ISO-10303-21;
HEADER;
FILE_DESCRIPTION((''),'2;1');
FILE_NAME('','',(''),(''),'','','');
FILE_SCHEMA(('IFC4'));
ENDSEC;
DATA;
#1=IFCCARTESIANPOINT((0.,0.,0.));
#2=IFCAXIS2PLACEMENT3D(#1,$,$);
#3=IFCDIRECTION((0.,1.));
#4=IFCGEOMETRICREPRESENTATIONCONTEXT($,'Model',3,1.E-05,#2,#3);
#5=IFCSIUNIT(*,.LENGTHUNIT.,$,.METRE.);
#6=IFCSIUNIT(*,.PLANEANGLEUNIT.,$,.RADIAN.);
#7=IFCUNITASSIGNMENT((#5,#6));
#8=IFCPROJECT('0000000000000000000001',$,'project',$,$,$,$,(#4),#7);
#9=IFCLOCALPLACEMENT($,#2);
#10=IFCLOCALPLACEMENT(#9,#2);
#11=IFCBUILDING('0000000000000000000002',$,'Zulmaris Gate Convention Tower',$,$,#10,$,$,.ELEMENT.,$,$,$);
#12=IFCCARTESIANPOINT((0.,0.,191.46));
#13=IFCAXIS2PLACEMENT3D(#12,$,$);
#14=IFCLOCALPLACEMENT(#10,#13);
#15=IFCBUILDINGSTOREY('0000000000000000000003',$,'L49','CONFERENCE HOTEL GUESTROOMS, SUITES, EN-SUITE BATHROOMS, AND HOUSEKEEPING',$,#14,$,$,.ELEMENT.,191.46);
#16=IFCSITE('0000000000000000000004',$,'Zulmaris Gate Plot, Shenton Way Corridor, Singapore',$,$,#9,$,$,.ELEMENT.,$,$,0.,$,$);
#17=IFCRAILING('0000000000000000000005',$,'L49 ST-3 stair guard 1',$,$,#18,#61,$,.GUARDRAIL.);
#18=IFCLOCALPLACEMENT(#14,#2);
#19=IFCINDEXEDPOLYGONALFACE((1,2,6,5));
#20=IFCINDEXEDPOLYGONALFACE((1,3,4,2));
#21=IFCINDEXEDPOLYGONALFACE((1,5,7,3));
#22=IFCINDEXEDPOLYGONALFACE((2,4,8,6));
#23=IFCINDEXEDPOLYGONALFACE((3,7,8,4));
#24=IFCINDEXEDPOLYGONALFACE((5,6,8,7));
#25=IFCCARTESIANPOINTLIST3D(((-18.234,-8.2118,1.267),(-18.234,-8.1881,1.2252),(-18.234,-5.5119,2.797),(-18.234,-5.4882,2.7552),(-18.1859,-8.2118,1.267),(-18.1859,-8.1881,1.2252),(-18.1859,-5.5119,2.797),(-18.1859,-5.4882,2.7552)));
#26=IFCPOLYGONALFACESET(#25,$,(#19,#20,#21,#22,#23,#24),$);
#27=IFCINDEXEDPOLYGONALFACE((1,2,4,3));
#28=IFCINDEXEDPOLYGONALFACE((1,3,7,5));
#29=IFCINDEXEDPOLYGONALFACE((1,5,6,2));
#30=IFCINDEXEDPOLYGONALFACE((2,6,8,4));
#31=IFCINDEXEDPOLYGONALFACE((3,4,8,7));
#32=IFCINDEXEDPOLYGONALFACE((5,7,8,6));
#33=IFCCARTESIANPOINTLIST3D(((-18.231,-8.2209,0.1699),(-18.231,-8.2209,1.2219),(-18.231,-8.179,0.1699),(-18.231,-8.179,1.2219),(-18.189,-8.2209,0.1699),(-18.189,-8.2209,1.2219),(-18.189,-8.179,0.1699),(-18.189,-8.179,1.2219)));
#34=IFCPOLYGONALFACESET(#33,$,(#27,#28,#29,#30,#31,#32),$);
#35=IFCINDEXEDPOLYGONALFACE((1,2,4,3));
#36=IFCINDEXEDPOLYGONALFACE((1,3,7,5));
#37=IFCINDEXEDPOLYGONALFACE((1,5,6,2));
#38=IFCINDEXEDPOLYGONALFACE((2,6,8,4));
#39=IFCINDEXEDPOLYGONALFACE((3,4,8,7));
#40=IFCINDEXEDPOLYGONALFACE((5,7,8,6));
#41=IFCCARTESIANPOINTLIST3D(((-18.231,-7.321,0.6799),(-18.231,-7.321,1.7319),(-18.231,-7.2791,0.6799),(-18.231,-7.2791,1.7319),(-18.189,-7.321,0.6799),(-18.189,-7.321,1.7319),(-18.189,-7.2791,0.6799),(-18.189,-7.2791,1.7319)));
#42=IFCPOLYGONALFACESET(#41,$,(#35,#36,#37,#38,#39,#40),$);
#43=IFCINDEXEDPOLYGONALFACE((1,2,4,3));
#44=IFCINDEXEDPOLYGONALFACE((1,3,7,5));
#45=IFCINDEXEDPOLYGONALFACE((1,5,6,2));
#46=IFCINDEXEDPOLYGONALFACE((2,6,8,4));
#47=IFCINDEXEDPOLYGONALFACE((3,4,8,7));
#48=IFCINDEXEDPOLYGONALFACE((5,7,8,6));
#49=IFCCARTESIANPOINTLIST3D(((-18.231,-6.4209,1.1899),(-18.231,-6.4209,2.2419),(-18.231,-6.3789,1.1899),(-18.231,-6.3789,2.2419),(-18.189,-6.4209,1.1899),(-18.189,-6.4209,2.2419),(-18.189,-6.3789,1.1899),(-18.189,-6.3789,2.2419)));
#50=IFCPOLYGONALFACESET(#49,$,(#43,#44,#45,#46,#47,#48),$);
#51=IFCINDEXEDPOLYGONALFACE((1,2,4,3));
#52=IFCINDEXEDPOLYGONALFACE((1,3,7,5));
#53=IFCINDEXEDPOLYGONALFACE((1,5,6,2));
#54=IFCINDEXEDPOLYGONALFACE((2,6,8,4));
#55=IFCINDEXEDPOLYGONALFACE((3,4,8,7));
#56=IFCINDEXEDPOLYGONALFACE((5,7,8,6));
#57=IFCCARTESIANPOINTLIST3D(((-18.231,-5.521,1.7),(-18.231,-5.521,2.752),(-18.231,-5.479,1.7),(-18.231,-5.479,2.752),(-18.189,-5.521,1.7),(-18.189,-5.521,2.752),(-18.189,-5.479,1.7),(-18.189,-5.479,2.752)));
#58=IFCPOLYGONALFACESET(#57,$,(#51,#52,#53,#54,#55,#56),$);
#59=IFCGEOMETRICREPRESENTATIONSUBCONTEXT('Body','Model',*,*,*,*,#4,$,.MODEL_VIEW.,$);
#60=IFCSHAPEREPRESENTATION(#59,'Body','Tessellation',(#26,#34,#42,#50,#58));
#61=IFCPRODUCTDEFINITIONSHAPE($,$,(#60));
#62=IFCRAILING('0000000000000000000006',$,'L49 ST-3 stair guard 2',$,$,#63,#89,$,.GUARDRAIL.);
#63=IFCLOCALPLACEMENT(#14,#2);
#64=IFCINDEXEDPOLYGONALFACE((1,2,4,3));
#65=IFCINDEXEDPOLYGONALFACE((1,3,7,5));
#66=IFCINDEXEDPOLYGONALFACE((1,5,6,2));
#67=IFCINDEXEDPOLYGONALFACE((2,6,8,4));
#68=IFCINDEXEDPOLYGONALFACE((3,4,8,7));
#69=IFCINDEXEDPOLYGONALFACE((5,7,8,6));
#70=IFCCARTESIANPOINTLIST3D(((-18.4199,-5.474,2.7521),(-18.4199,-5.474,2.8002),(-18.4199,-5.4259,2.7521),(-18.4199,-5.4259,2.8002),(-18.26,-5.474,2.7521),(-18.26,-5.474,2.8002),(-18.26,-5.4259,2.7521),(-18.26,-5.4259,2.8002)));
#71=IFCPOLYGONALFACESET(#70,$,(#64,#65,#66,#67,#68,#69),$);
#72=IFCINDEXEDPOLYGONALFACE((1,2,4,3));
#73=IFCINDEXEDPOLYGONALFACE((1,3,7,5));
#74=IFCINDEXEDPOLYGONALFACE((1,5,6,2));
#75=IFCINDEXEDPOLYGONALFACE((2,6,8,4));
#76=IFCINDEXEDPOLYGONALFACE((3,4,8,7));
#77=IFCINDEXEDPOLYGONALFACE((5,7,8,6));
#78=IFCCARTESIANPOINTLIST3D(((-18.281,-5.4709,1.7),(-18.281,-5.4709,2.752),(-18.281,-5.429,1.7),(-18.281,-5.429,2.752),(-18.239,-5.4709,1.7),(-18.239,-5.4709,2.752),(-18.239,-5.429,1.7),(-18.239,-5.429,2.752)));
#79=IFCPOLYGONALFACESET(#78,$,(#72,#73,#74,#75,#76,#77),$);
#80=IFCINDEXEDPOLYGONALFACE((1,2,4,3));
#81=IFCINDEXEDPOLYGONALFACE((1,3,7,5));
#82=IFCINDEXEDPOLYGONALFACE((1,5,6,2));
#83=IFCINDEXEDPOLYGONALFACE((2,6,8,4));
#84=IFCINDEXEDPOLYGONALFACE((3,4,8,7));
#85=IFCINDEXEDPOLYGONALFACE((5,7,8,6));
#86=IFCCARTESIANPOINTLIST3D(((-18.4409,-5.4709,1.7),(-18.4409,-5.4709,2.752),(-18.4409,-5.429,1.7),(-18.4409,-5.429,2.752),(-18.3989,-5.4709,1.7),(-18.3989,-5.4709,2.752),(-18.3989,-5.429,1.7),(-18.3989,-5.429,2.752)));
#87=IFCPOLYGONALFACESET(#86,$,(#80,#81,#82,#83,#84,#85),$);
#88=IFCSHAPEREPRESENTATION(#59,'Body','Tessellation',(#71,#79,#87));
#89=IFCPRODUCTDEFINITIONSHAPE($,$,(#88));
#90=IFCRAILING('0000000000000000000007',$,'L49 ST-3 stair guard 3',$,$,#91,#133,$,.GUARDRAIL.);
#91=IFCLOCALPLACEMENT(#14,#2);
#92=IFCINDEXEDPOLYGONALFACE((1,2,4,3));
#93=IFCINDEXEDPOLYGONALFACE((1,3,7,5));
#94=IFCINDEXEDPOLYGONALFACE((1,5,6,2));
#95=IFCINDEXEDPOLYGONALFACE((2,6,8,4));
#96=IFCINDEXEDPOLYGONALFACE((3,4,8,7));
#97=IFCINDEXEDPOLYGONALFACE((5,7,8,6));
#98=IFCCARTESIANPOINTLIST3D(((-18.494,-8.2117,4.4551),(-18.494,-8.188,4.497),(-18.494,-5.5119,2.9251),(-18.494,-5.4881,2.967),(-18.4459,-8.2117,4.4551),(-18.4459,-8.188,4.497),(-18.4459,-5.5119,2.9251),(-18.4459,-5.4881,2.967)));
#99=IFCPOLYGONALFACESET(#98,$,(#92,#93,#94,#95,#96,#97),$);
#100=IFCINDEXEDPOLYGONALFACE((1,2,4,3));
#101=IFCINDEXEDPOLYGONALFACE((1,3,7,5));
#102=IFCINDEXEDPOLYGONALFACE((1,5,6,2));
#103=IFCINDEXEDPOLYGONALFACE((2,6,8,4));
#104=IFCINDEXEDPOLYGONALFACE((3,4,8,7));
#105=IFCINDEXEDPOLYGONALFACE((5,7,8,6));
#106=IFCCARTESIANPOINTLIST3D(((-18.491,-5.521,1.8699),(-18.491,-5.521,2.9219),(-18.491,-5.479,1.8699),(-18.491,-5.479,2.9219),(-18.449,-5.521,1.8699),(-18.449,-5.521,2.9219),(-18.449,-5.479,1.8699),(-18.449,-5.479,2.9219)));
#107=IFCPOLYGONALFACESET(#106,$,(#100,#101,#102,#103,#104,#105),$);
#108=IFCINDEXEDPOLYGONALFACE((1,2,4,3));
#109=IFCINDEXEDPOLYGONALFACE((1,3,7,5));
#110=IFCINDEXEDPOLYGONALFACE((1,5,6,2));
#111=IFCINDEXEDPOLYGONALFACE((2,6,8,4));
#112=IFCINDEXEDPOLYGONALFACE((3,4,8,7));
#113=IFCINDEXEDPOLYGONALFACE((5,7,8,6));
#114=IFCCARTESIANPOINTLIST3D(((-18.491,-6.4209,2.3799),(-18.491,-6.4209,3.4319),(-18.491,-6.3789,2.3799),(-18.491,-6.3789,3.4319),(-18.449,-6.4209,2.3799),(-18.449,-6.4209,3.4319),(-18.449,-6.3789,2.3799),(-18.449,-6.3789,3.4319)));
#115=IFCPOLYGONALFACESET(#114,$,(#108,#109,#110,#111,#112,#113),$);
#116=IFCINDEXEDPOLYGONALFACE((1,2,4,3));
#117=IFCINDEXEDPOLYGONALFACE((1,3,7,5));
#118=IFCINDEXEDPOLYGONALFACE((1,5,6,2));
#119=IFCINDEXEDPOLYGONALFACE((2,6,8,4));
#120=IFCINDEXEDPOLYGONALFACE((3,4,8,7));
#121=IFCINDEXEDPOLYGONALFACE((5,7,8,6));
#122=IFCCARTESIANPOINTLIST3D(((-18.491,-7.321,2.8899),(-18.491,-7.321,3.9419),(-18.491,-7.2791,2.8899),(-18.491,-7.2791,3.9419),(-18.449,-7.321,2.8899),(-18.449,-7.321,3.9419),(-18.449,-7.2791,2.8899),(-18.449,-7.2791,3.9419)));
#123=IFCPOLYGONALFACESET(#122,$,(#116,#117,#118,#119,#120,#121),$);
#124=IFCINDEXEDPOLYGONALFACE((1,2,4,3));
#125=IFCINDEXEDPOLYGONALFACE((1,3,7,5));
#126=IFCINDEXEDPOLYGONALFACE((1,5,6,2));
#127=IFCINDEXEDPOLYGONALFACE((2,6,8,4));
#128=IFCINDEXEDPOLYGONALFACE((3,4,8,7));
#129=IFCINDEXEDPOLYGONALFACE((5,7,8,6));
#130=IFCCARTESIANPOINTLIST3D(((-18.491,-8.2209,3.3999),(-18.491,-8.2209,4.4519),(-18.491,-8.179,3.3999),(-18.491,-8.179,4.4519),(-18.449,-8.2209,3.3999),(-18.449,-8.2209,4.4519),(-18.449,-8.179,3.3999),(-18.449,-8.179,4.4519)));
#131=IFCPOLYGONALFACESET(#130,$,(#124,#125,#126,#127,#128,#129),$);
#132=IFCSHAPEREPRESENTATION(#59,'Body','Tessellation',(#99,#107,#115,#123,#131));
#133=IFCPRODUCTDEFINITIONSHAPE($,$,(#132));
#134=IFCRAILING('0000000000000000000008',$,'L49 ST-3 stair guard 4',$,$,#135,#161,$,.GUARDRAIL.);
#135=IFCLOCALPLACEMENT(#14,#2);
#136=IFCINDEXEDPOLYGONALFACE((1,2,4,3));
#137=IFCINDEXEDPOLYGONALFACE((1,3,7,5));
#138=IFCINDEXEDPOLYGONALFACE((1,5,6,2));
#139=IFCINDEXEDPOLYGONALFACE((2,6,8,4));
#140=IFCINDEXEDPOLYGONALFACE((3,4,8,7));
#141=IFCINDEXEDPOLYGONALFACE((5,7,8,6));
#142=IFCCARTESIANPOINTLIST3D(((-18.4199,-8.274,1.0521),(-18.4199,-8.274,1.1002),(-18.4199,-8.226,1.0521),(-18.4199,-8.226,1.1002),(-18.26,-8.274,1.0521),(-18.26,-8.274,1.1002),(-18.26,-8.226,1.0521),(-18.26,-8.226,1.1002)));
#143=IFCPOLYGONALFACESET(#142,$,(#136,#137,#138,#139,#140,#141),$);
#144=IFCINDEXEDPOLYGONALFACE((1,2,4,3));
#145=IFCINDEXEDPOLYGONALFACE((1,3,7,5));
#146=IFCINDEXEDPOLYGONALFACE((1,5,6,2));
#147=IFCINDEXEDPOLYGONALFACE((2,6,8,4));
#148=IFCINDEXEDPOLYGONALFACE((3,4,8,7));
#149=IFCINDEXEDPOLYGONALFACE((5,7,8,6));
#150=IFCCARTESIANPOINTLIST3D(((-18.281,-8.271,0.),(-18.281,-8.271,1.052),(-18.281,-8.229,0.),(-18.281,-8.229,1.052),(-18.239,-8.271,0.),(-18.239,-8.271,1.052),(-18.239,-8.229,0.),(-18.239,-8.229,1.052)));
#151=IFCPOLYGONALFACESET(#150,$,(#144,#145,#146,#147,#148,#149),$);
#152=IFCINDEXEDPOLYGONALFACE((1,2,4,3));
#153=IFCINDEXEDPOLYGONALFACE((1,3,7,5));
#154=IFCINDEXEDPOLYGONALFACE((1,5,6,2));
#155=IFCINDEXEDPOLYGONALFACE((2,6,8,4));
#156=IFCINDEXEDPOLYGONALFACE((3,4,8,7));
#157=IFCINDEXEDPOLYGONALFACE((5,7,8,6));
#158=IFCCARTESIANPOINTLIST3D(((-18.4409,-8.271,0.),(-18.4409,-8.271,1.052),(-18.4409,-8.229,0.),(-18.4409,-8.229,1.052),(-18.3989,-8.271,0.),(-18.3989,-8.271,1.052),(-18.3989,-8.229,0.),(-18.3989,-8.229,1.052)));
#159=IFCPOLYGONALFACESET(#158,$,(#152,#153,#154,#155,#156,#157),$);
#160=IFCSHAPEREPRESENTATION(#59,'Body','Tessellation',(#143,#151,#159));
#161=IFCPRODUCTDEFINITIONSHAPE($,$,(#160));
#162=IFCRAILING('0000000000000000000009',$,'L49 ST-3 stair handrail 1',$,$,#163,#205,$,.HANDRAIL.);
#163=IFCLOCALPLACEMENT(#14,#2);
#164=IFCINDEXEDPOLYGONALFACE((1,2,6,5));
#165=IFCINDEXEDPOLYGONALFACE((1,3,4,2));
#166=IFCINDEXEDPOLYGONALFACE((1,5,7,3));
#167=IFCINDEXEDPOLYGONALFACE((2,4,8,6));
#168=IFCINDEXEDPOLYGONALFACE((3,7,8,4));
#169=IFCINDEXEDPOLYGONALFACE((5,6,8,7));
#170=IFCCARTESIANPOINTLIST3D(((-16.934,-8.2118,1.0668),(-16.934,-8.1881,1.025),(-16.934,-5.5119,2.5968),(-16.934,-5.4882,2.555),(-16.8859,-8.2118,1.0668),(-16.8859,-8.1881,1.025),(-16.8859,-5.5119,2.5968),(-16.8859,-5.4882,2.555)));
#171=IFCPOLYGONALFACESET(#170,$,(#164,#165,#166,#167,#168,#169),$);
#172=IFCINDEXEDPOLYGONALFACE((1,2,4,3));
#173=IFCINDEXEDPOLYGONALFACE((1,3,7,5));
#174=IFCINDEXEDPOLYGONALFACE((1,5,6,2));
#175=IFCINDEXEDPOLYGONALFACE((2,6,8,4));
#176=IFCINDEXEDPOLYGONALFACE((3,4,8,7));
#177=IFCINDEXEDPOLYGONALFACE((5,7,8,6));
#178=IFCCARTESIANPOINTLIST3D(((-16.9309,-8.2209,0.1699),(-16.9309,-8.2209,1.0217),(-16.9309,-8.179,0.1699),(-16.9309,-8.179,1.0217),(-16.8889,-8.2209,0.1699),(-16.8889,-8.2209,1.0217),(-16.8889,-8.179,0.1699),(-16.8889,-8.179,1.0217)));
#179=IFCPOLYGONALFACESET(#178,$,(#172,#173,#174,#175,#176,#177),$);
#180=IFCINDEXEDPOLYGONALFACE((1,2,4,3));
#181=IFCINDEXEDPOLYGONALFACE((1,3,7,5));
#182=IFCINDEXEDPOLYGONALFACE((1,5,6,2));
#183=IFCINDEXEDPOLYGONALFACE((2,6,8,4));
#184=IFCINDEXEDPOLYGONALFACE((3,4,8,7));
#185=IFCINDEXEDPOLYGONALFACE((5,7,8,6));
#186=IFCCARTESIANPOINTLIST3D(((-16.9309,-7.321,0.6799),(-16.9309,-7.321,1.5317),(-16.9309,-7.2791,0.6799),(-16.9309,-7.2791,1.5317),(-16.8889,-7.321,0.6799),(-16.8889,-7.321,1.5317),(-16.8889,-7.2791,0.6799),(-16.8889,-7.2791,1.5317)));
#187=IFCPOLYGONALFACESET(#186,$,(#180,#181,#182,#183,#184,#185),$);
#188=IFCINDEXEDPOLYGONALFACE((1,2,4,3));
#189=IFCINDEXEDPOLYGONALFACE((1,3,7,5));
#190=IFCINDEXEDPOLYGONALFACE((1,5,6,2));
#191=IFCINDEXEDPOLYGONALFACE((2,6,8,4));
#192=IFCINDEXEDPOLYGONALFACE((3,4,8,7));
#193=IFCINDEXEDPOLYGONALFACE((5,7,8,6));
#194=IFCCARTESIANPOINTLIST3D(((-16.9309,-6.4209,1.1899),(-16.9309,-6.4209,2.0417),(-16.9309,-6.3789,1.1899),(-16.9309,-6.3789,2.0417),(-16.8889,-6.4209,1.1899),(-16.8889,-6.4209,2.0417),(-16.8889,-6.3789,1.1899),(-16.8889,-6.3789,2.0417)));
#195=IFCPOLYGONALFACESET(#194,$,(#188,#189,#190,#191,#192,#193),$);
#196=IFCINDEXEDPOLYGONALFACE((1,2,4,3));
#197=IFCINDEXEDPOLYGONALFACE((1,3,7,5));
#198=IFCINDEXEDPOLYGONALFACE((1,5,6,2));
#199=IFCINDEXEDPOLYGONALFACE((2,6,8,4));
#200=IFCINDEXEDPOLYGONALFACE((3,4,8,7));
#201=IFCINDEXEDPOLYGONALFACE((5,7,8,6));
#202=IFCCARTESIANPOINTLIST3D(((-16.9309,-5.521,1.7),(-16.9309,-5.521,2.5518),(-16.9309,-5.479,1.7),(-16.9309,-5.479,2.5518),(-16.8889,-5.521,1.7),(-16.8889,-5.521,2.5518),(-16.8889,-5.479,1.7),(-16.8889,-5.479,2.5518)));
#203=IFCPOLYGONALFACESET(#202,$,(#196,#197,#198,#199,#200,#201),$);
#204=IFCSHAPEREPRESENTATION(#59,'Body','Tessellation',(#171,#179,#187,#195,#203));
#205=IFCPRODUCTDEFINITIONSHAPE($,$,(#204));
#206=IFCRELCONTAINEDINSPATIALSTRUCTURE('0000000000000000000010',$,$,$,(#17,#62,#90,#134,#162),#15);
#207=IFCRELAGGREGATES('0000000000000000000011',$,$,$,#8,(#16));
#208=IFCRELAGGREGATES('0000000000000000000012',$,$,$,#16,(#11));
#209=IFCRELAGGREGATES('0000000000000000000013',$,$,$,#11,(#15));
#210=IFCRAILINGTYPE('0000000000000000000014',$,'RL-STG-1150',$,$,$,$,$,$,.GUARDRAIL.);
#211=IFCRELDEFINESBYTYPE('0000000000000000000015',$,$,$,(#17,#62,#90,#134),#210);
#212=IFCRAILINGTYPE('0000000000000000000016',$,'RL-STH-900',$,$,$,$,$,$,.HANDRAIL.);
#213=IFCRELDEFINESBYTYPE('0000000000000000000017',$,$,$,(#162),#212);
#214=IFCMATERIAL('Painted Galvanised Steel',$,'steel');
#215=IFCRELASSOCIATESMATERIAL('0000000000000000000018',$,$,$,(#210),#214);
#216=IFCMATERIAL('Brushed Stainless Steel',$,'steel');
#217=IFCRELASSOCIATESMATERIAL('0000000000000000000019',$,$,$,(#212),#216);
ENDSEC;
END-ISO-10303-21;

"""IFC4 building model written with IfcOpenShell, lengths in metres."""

from ifc_helpers import new_model, si_unit, direction, frame, origin, origin_2d, place, context, subcontext, project, spatial, rectangle, extrude, material, type_object, element, save


model = new_model("IFC4")

# Units and contexts
model_context = context("Model", 3, precision=1e-05, world=origin(), true_north=direction((0.0, 1.0)))
body_context = subcontext(model_context, "Body", "Model", "MODEL_VIEW")
ifc_project = project(units=[si_unit("LENGTHUNIT", "METRE"), si_unit("PLANEANGLEUNIT", "RADIAN")], contexts=[model_context])

# Site, building, storey
site_placement = place(None, origin())
site = spatial("IfcSite", under=ifc_project, at=site_placement, Name="Zulmaris Gate Plot, Shenton Way Corridor, Singapore", CompositionType="ELEMENT", RefElevation=0.0)
building_placement = place(site_placement, origin())
building = spatial("IfcBuilding", under=site, at=building_placement, Name="Zulmaris Gate Convention Tower", CompositionType="ELEMENT")
storey_placement = place(building_placement, frame((0.0, 0.0, 191.46)))
storey = spatial("IfcBuildingStorey", under=building, at=storey_placement, Name="L49", Description="CONFERENCE HOTEL GUESTROOMS, SUITES, EN-SUITE BATHROOMS, AND HOUSEKEEPING", CompositionType="ELEMENT", Elevation=191.46)

# Shared definitions
ifc_material_1 = material(Name="Brushed Stainless Steel", Category="steel")

# Railings
ifc_material_2 = material(Name="Painted Galvanised Steel", Category="steel")
railing_type_1 = type_object("IfcRailingType", Name="RL-STG-1150", PredefinedType="GUARDRAIL", material=ifc_material_2)
railing_1_placement = place(storey_placement, frame((-18.21, -8.2, 0.1699)))
element("IfcRailing", 1, at=railing_1_placement, inside=storey, type_object=railing_type_1, Name="L49 ST-3 stair guard 1", PredefinedType="GUARDRAIL", context=body_context, shape_type="SweptSolid", body=[
    extrude(rectangle(XDim=0.0481, YDim=0.0481, at=origin_2d()), frame((0.0, 0.0, 1.0762), z_axis=(0.0, 0.870014, 0.493026), x_axis=(-1.0, 0.0, 0.0)), (0.0, 0.0, 1.0), 3.1033),
    extrude(rectangle(XDim=0.042, YDim=0.042, at=origin_2d()), origin(), (0.0, 0.0, 1.0), 1.052),
    extrude(rectangle(XDim=0.042, YDim=0.042, at=origin_2d()), frame((0.0, 0.8999, 0.51)), (0.0, 0.0, 1.0), 1.052),
    extrude(rectangle(XDim=0.042, YDim=0.042, at=origin_2d()), frame((0.0, 1.8, 1.02)), (0.0, 0.0, 1.0), 1.052),
    extrude(rectangle(XDim=0.042, YDim=0.042, at=origin_2d()), frame((0.0, 2.7, 1.53)), (0.0, 0.0, 1.0), 1.052),
])
railing_2_placement = place(storey_placement, frame((-18.26, -5.45, 1.7)))
element("IfcRailing", 2, at=railing_2_placement, inside=storey, type_object=railing_type_1, Name="L49 ST-3 stair guard 2", PredefinedType="GUARDRAIL", context=body_context, shape_type="SweptSolid", body=[
    extrude(rectangle(XDim=0.0481, YDim=0.0481, at=origin_2d()), frame((0.0, 0.0, 1.0762), z_axis=(-1.0, 0.0, 0.0), x_axis=(0.0, -1.0, 0.0)), (0.0, 0.0, 1.0), 0.1599),
    extrude(rectangle(XDim=0.042, YDim=0.042, at=origin_2d()), origin(), (0.0, 0.0, 1.0), 1.052),
    extrude(rectangle(XDim=0.042, YDim=0.042, at=origin_2d()), frame((-0.1599, 0.0, 0.0)), (0.0, 0.0, 1.0), 1.052),
])
railing_3_placement = place(storey_placement, frame((-18.47, -5.5, 1.8699)))
element("IfcRailing", 3, at=railing_3_placement, inside=storey, type_object=railing_type_1, Name="L49 ST-3 stair guard 3", PredefinedType="GUARDRAIL", context=body_context, shape_type="SweptSolid", body=[
    extrude(rectangle(XDim=0.0481, YDim=0.0481, at=origin_2d()), frame((0.0, 0.0, 1.0762), z_axis=(0.0, -0.870014, 0.493026), x_axis=(1.0, 0.0, 0.0)), (0.0, 0.0, 1.0), 3.1033),
    extrude(rectangle(XDim=0.042, YDim=0.042, at=origin_2d()), origin(), (0.0, 0.0, 1.0), 1.052),
    extrude(rectangle(XDim=0.042, YDim=0.042, at=origin_2d()), frame((0.0, -0.8999, 0.51)), (0.0, 0.0, 1.0), 1.052),
    extrude(rectangle(XDim=0.042, YDim=0.042, at=origin_2d()), frame((0.0, -1.8, 1.02)), (0.0, 0.0, 1.0), 1.052),
    extrude(rectangle(XDim=0.042, YDim=0.042, at=origin_2d()), frame((0.0, -2.7, 1.53)), (0.0, 0.0, 1.0), 1.052),
])
railing_4_placement = place(storey_placement, frame((-18.26, -8.25, 0.0)))
element("IfcRailing", 4, at=railing_4_placement, inside=storey, type_object=railing_type_1, Name="L49 ST-3 stair guard 4", PredefinedType="GUARDRAIL", context=body_context, shape_type="SweptSolid", body=[
    extrude(rectangle(XDim=0.0481, YDim=0.0481, at=origin_2d()), frame((0.0, 0.0, 1.0762), z_axis=(-1.0, 0.0, 0.0), x_axis=(0.0, -1.0, 0.0)), (0.0, 0.0, 1.0), 0.1599),
    extrude(rectangle(XDim=0.042, YDim=0.042, at=origin_2d()), origin(), (0.0, 0.0, 1.0), 1.052),
    extrude(rectangle(XDim=0.042, YDim=0.042, at=origin_2d()), frame((-0.1599, 0.0, 0.0)), (0.0, 0.0, 1.0), 1.052),
])
railing_type_2 = type_object("IfcRailingType", Name="RL-STH-900", PredefinedType="HANDRAIL", material=ifc_material_1)
railing_5_placement = place(storey_placement, frame((-16.9099, -8.2, 0.1699)))
element("IfcRailing", 5, at=railing_5_placement, inside=storey, type_object=railing_type_2, Name="L49 ST-3 stair handrail 1", PredefinedType="HANDRAIL", context=body_context, shape_type="SweptSolid", body=[
    extrude(rectangle(XDim=0.0481, YDim=0.0481, at=origin_2d()), frame((0.0, 0.0, 0.876), z_axis=(0.0, 0.870014, 0.493026), x_axis=(-1.0, 0.0, 0.0)), (0.0, 0.0, 1.0), 3.1033),
    extrude(rectangle(XDim=0.042, YDim=0.042, at=origin_2d()), origin(), (0.0, 0.0, 1.0), 0.8518),
    extrude(rectangle(XDim=0.042, YDim=0.042, at=origin_2d()), frame((0.0, 0.8999, 0.51)), (0.0, 0.0, 1.0), 0.8518),
    extrude(rectangle(XDim=0.042, YDim=0.042, at=origin_2d()), frame((0.0, 1.8, 1.02)), (0.0, 0.0, 1.0), 0.8518),
    extrude(rectangle(XDim=0.042, YDim=0.042, at=origin_2d()), frame((0.0, 2.7, 1.53)), (0.0, 0.0, 1.0), 0.8518),
])

save(model, "model.ifc")
